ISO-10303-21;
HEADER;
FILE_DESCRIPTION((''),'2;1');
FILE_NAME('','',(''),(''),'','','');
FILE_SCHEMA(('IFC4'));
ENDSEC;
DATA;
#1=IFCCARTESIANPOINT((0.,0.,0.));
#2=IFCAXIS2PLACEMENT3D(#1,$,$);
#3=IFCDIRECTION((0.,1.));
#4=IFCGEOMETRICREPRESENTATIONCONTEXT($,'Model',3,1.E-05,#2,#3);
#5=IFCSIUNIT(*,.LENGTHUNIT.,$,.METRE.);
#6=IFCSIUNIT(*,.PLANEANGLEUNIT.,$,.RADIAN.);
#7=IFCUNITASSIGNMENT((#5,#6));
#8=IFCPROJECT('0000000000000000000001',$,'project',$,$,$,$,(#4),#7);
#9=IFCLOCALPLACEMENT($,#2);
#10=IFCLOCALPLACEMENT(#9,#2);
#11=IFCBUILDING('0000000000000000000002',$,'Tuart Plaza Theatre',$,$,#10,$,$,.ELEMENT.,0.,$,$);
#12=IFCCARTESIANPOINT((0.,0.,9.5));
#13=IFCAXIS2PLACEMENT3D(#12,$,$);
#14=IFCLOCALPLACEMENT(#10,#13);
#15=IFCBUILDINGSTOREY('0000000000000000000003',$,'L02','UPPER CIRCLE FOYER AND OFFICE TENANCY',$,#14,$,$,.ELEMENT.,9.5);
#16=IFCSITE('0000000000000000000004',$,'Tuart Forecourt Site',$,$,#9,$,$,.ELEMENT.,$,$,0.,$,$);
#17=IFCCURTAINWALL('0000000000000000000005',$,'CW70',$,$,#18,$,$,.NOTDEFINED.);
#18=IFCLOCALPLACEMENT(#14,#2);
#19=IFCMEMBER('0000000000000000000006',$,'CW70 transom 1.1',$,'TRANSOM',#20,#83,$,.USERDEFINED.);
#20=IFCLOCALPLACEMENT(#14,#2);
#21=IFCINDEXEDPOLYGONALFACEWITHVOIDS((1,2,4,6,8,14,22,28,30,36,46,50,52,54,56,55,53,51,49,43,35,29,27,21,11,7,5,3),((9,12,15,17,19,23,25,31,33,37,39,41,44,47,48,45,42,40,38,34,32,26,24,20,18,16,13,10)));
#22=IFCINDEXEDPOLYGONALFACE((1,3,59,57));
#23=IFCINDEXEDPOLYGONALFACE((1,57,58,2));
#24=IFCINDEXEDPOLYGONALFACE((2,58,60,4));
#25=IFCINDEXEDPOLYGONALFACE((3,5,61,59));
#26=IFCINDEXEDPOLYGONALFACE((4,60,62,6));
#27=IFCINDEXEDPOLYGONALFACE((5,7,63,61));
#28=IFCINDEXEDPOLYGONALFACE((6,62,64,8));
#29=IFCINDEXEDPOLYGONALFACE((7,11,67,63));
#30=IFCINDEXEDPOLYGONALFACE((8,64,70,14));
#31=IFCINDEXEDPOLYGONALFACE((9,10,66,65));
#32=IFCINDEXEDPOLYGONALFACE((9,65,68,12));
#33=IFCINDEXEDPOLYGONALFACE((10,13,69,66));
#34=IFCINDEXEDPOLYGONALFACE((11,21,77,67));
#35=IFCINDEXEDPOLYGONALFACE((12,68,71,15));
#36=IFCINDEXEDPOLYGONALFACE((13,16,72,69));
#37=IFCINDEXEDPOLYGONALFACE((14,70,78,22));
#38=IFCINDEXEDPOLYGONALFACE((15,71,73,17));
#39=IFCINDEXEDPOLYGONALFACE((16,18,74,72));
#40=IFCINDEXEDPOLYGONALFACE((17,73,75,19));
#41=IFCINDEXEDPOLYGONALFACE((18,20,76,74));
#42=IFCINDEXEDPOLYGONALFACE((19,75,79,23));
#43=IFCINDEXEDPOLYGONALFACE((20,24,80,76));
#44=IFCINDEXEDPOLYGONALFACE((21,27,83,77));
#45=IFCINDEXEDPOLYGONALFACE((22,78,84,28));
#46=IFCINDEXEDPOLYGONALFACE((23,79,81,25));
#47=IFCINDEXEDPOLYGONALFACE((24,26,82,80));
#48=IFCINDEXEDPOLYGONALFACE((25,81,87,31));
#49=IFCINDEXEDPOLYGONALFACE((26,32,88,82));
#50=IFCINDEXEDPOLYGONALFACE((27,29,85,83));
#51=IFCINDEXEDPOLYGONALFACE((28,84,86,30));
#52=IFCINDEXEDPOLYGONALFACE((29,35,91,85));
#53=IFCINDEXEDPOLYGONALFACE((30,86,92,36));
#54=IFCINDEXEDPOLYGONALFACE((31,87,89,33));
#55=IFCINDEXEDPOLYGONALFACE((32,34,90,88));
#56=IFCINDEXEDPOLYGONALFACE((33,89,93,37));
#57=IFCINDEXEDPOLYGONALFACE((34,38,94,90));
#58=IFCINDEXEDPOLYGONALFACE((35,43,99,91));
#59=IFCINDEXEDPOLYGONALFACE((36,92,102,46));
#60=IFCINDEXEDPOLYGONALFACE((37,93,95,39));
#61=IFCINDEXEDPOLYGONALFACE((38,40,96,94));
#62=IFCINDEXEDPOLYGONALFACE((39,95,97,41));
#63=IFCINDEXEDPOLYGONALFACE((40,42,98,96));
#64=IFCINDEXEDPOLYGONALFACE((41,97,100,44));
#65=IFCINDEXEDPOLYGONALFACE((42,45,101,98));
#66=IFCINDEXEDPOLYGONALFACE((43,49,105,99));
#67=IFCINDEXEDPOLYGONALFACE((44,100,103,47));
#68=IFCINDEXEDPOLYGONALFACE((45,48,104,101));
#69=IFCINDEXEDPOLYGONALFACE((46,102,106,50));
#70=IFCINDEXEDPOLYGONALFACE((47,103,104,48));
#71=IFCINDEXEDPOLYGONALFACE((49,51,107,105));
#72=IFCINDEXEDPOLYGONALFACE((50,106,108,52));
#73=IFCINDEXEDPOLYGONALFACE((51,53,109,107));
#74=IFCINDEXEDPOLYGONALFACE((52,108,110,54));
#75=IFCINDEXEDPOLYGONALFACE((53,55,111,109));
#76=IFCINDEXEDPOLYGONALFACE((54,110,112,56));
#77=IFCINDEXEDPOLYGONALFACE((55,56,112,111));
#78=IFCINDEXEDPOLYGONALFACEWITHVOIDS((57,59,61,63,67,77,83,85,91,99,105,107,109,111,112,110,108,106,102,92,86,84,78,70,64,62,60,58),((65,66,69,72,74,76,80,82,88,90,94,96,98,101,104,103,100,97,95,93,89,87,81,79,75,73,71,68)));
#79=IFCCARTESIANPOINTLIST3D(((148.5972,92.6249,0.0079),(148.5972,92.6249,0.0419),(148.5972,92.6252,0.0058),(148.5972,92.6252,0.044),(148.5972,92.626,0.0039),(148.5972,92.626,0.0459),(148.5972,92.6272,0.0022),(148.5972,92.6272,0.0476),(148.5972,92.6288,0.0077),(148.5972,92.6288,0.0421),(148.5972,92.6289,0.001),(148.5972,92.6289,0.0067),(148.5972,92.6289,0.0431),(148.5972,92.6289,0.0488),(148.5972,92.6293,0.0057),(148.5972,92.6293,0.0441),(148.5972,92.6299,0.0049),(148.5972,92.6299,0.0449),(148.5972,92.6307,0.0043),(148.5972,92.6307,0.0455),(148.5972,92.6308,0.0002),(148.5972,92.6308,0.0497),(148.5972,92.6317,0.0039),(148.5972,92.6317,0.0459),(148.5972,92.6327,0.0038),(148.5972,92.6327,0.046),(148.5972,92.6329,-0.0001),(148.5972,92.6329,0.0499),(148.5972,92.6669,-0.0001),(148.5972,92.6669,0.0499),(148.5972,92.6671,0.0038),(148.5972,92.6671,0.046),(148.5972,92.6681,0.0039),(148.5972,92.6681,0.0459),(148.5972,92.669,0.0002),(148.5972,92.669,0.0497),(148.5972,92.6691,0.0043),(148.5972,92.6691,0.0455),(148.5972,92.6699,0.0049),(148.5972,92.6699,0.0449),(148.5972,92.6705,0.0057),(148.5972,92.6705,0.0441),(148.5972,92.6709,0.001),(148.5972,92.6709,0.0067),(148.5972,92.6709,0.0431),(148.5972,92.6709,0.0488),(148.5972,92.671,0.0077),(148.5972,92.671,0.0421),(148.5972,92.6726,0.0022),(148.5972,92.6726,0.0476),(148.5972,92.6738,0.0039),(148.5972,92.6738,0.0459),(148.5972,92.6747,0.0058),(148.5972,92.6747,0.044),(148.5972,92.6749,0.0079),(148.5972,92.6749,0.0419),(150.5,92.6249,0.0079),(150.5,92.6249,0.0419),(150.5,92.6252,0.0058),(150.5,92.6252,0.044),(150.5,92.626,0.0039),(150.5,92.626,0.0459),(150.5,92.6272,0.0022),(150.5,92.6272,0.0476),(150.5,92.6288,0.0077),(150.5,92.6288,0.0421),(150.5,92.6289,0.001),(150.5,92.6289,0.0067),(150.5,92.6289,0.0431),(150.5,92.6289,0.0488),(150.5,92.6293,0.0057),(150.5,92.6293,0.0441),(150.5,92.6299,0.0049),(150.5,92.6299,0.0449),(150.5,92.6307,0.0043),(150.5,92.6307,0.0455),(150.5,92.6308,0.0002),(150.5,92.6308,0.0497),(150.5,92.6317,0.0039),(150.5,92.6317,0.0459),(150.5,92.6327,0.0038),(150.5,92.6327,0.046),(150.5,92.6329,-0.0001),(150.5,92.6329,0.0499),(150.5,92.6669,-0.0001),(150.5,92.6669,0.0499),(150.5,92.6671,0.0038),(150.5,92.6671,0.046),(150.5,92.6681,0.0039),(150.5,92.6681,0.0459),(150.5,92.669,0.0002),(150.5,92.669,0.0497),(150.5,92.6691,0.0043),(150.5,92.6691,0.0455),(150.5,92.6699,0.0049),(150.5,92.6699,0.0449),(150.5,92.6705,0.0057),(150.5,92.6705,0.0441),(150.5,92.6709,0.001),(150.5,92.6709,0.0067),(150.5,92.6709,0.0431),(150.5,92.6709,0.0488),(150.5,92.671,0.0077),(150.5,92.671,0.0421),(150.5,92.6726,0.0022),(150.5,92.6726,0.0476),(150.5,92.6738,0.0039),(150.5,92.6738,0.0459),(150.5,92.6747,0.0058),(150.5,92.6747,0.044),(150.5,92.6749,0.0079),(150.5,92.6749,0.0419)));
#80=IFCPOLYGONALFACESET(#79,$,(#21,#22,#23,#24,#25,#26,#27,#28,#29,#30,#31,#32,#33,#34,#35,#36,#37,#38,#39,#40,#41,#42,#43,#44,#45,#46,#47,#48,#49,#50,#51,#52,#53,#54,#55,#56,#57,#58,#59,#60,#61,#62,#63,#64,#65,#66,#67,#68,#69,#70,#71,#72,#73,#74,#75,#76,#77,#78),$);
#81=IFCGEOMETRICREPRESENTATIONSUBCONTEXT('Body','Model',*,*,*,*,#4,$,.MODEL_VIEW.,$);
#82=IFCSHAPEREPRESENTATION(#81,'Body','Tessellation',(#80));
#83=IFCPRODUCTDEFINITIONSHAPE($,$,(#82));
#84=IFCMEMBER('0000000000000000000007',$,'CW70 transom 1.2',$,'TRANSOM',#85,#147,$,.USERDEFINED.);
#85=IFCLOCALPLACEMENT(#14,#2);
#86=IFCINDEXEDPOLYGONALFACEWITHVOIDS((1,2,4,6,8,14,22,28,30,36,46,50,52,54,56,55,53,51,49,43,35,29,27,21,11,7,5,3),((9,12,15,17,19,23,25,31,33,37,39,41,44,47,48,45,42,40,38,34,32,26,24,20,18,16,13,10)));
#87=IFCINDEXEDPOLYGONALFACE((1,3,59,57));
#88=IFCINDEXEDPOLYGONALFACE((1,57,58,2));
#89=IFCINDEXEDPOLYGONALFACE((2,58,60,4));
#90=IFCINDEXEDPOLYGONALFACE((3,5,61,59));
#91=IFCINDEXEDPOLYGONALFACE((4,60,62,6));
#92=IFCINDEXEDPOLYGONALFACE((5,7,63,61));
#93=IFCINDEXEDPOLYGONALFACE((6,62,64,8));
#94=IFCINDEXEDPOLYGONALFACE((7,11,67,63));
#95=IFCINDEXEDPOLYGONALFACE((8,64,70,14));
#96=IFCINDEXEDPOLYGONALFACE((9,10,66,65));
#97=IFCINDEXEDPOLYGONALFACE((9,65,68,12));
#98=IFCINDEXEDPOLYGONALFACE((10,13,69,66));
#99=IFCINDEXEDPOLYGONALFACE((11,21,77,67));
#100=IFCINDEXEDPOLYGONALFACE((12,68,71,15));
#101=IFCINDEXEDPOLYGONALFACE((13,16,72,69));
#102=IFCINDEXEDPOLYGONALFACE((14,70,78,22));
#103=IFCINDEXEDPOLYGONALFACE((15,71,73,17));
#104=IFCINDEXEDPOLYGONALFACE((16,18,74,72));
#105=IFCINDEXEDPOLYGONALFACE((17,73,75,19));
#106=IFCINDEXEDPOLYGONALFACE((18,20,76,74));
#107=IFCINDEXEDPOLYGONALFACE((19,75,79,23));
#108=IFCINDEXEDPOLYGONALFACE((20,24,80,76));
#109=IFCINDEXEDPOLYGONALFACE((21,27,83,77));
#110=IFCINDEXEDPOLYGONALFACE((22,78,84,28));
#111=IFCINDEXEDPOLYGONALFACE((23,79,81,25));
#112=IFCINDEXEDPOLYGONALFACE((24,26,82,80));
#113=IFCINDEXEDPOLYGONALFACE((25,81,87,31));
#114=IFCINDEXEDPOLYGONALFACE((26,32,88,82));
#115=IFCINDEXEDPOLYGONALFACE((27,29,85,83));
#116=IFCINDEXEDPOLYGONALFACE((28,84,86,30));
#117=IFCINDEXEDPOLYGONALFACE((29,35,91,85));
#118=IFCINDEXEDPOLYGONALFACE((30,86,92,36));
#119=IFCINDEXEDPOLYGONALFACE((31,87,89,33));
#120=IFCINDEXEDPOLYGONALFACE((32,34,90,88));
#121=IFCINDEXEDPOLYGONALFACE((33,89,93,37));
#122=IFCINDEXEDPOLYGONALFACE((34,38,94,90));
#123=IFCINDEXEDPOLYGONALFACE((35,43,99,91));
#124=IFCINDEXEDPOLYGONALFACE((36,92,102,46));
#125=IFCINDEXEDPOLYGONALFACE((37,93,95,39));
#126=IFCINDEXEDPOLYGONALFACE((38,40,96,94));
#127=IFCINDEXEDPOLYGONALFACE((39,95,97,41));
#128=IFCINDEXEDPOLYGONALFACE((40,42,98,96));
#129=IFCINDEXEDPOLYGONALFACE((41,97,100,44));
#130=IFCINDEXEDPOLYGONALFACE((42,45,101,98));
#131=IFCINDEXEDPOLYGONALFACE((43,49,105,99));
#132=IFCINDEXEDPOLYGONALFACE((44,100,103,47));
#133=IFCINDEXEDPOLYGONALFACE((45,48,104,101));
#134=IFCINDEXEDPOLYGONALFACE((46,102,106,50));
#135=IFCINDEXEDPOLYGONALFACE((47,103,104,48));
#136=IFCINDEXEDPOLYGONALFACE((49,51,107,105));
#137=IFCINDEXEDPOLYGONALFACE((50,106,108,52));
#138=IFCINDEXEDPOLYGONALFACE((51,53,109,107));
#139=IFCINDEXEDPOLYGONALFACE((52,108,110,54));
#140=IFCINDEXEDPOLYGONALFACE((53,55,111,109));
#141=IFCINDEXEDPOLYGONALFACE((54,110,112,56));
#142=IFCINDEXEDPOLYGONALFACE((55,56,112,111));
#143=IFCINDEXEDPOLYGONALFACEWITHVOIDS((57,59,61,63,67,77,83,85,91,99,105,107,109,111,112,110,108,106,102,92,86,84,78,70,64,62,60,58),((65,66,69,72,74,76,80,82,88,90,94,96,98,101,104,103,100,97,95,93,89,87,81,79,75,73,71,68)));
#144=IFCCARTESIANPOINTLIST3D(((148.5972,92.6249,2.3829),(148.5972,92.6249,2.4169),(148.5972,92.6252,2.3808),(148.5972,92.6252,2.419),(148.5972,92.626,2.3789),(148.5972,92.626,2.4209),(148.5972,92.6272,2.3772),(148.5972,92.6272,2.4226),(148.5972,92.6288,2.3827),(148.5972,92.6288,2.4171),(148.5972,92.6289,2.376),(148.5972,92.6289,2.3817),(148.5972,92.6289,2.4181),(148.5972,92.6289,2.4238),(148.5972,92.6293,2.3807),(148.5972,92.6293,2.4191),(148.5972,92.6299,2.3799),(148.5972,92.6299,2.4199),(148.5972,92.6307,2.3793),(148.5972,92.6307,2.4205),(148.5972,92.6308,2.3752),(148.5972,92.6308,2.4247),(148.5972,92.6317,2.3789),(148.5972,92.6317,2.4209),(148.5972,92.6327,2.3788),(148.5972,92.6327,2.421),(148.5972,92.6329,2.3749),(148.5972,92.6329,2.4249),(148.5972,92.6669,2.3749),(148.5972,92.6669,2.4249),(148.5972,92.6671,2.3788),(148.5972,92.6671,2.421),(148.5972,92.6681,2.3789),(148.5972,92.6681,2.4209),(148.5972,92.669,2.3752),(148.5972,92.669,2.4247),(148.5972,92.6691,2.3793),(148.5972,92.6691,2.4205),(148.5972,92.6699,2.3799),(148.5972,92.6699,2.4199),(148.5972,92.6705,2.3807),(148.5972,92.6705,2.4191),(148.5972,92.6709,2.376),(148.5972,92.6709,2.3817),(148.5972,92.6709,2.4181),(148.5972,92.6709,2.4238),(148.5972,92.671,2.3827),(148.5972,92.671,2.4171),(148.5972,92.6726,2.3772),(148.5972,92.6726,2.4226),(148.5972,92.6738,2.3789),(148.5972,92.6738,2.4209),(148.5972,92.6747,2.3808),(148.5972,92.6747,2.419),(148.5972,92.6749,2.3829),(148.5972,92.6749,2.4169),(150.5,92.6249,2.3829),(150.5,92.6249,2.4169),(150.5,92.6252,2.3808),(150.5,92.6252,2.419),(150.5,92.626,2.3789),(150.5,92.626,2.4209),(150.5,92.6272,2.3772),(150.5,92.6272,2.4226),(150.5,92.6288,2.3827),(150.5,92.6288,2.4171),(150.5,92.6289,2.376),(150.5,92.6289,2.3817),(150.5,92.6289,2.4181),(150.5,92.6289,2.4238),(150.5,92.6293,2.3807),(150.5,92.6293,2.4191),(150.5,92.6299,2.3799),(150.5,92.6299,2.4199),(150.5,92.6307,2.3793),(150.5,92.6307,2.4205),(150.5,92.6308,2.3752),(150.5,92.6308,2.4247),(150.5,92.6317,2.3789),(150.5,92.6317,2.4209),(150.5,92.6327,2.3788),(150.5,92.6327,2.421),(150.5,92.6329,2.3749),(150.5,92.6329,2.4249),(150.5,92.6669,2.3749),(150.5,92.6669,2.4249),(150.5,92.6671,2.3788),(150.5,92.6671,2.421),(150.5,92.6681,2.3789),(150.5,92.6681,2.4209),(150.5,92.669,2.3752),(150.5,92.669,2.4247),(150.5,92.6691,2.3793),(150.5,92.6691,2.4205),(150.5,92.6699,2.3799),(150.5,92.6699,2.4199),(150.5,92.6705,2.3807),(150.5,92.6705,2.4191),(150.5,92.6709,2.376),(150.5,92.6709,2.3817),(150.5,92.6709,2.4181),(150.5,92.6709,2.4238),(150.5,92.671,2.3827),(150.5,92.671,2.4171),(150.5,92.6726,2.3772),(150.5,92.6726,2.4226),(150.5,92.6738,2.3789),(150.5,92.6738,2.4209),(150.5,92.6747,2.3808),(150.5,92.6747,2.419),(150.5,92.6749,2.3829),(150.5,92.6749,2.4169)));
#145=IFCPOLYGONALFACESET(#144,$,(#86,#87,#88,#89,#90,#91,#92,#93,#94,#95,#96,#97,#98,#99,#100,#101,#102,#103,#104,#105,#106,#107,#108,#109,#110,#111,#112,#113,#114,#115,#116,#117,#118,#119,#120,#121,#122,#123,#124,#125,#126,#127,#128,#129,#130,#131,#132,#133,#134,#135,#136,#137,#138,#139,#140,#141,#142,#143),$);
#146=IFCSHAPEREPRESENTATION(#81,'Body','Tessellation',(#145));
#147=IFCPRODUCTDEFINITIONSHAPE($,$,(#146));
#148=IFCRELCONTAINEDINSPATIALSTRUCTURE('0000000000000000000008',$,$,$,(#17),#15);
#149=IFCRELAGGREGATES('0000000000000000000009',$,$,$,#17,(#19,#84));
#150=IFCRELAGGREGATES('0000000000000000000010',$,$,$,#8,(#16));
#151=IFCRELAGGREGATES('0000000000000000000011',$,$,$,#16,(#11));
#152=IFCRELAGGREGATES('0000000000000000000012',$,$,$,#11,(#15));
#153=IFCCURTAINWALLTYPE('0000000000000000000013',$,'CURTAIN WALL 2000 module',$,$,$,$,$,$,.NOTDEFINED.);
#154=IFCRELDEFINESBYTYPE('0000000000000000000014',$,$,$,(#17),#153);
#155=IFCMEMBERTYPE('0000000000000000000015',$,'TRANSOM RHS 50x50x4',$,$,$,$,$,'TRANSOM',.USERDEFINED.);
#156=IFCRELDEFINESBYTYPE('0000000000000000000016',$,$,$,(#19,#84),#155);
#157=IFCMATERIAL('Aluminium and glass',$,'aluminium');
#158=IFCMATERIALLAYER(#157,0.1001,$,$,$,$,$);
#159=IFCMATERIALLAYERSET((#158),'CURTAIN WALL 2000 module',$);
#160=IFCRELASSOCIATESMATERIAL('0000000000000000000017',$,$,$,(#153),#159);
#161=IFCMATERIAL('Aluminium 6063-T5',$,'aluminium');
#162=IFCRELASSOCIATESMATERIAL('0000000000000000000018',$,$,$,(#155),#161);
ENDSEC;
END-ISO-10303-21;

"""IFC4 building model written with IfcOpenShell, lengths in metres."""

from ifc_helpers import new_model, si_unit, direction, frame, origin, origin_2d, place, context, subcontext, project, spatial, hollow_rectangle, extrude, material, layer, layer_set, material_profile, profile_set, type_object, element, aggregate, save


model = new_model("IFC4")

# Units and contexts
model_context = context("Model", 3, precision=1e-05, world=origin(), true_north=direction((0.0, 1.0)))
body_context = subcontext(model_context, "Body", "Model", "MODEL_VIEW")
ifc_project = project(units=[si_unit("LENGTHUNIT", "METRE"), si_unit("PLANEANGLEUNIT", "RADIAN")], contexts=[model_context])

# Site, building, storey
site_placement = place(None, origin())
site = spatial("IfcSite", under=ifc_project, at=site_placement, Name="Tuart Forecourt Site", CompositionType="ELEMENT", RefElevation=0.0)
building_placement = place(site_placement, origin())
building = spatial("IfcBuilding", under=site, at=building_placement, Name="Tuart Plaza Theatre", CompositionType="ELEMENT", ElevationOfRefHeight=0.0)
storey_placement = place(building_placement, frame((0.0, 0.0, 9.5)))
storey = spatial("IfcBuildingStorey", under=building, at=storey_placement, Name="L02", Description="UPPER CIRCLE FOYER AND OFFICE TENANCY", CompositionType="ELEMENT", Elevation=9.5)

# Curtain wall
ifc_material_1 = material(Name="Aluminium and glass", Category="aluminium")
ifc_layer_1 = layer(ifc_material_1, 0.1001)
ifc_layer_set_1 = layer_set([ifc_layer_1], Name="CURTAIN WALL 2000 module")
curtain_wall_type = type_object("IfcCurtainWallType", Name="CURTAIN WALL 2000 module", PredefinedType="NOTDEFINED", material=ifc_layer_set_1)
curtain_wall_1_placement = place(storey_placement, origin())
curtain_wall_1 = element("IfcCurtainWall", 1, at=curtain_wall_1_placement, inside=storey, type_object=curtain_wall_type, Name="CW70", PredefinedType="NOTDEFINED")

# Members
ifc_material_2 = material(Name="Aluminium 6063-T5", Category="aluminium")
ifc_material_profile_1 = material_profile(ifc_material_2, hollow_rectangle(XDim=0.05, YDim=0.05, WallThickness=0.0039, InnerFilletRadius=0.0039, OuterFilletRadius=0.0081, at=origin_2d()), Name="RHS 50x50x4")
ifc_profile_set_1 = profile_set([ifc_material_profile_1], Name="Aluminium 6063-T5")
member_type_1 = type_object("IfcMemberType", Name="TRANSOM RHS 50x50x4", ElementType="TRANSOM", PredefinedType="USERDEFINED", material=ifc_profile_set_1)
member_1_placement = place(storey_placement, frame((150.5, 92.6499, 0.0249), z_axis=(-1.0, 0.0, 0.0), x_axis=(0.0, -1.0, 0.0)))
member_1 = element("IfcMember", 2, at=member_1_placement, type_object=member_type_1, Name="CW70 transom 1.1", ObjectType="TRANSOM", PredefinedType="USERDEFINED", context=body_context, shape_type="SweptSolid", body=[
    extrude(hollow_rectangle(XDim=0.05, YDim=0.05, WallThickness=0.0039, InnerFilletRadius=0.0039, OuterFilletRadius=0.0081, at=origin_2d()), origin(), (0.0, 0.0, 1.0), 1.9028),
])
member_2_placement = place(storey_placement, frame((150.5, 92.6499, 2.3999), z_axis=(-1.0, 0.0, 0.0), x_axis=(0.0, -1.0, 0.0)))
member_2 = element("IfcMember", 3, at=member_2_placement, type_object=member_type_1, Name="CW70 transom 1.2", ObjectType="TRANSOM", PredefinedType="USERDEFINED", context=body_context, shape_type="SweptSolid", body=[
    extrude(hollow_rectangle(XDim=0.05, YDim=0.05, WallThickness=0.0039, InnerFilletRadius=0.0039, OuterFilletRadius=0.0081, at=origin_2d()), origin(), (0.0, 0.0, 1.0), 1.9028),
])

aggregate(curtain_wall_1, [member_1, member_2])

save(model, "model.ifc")
